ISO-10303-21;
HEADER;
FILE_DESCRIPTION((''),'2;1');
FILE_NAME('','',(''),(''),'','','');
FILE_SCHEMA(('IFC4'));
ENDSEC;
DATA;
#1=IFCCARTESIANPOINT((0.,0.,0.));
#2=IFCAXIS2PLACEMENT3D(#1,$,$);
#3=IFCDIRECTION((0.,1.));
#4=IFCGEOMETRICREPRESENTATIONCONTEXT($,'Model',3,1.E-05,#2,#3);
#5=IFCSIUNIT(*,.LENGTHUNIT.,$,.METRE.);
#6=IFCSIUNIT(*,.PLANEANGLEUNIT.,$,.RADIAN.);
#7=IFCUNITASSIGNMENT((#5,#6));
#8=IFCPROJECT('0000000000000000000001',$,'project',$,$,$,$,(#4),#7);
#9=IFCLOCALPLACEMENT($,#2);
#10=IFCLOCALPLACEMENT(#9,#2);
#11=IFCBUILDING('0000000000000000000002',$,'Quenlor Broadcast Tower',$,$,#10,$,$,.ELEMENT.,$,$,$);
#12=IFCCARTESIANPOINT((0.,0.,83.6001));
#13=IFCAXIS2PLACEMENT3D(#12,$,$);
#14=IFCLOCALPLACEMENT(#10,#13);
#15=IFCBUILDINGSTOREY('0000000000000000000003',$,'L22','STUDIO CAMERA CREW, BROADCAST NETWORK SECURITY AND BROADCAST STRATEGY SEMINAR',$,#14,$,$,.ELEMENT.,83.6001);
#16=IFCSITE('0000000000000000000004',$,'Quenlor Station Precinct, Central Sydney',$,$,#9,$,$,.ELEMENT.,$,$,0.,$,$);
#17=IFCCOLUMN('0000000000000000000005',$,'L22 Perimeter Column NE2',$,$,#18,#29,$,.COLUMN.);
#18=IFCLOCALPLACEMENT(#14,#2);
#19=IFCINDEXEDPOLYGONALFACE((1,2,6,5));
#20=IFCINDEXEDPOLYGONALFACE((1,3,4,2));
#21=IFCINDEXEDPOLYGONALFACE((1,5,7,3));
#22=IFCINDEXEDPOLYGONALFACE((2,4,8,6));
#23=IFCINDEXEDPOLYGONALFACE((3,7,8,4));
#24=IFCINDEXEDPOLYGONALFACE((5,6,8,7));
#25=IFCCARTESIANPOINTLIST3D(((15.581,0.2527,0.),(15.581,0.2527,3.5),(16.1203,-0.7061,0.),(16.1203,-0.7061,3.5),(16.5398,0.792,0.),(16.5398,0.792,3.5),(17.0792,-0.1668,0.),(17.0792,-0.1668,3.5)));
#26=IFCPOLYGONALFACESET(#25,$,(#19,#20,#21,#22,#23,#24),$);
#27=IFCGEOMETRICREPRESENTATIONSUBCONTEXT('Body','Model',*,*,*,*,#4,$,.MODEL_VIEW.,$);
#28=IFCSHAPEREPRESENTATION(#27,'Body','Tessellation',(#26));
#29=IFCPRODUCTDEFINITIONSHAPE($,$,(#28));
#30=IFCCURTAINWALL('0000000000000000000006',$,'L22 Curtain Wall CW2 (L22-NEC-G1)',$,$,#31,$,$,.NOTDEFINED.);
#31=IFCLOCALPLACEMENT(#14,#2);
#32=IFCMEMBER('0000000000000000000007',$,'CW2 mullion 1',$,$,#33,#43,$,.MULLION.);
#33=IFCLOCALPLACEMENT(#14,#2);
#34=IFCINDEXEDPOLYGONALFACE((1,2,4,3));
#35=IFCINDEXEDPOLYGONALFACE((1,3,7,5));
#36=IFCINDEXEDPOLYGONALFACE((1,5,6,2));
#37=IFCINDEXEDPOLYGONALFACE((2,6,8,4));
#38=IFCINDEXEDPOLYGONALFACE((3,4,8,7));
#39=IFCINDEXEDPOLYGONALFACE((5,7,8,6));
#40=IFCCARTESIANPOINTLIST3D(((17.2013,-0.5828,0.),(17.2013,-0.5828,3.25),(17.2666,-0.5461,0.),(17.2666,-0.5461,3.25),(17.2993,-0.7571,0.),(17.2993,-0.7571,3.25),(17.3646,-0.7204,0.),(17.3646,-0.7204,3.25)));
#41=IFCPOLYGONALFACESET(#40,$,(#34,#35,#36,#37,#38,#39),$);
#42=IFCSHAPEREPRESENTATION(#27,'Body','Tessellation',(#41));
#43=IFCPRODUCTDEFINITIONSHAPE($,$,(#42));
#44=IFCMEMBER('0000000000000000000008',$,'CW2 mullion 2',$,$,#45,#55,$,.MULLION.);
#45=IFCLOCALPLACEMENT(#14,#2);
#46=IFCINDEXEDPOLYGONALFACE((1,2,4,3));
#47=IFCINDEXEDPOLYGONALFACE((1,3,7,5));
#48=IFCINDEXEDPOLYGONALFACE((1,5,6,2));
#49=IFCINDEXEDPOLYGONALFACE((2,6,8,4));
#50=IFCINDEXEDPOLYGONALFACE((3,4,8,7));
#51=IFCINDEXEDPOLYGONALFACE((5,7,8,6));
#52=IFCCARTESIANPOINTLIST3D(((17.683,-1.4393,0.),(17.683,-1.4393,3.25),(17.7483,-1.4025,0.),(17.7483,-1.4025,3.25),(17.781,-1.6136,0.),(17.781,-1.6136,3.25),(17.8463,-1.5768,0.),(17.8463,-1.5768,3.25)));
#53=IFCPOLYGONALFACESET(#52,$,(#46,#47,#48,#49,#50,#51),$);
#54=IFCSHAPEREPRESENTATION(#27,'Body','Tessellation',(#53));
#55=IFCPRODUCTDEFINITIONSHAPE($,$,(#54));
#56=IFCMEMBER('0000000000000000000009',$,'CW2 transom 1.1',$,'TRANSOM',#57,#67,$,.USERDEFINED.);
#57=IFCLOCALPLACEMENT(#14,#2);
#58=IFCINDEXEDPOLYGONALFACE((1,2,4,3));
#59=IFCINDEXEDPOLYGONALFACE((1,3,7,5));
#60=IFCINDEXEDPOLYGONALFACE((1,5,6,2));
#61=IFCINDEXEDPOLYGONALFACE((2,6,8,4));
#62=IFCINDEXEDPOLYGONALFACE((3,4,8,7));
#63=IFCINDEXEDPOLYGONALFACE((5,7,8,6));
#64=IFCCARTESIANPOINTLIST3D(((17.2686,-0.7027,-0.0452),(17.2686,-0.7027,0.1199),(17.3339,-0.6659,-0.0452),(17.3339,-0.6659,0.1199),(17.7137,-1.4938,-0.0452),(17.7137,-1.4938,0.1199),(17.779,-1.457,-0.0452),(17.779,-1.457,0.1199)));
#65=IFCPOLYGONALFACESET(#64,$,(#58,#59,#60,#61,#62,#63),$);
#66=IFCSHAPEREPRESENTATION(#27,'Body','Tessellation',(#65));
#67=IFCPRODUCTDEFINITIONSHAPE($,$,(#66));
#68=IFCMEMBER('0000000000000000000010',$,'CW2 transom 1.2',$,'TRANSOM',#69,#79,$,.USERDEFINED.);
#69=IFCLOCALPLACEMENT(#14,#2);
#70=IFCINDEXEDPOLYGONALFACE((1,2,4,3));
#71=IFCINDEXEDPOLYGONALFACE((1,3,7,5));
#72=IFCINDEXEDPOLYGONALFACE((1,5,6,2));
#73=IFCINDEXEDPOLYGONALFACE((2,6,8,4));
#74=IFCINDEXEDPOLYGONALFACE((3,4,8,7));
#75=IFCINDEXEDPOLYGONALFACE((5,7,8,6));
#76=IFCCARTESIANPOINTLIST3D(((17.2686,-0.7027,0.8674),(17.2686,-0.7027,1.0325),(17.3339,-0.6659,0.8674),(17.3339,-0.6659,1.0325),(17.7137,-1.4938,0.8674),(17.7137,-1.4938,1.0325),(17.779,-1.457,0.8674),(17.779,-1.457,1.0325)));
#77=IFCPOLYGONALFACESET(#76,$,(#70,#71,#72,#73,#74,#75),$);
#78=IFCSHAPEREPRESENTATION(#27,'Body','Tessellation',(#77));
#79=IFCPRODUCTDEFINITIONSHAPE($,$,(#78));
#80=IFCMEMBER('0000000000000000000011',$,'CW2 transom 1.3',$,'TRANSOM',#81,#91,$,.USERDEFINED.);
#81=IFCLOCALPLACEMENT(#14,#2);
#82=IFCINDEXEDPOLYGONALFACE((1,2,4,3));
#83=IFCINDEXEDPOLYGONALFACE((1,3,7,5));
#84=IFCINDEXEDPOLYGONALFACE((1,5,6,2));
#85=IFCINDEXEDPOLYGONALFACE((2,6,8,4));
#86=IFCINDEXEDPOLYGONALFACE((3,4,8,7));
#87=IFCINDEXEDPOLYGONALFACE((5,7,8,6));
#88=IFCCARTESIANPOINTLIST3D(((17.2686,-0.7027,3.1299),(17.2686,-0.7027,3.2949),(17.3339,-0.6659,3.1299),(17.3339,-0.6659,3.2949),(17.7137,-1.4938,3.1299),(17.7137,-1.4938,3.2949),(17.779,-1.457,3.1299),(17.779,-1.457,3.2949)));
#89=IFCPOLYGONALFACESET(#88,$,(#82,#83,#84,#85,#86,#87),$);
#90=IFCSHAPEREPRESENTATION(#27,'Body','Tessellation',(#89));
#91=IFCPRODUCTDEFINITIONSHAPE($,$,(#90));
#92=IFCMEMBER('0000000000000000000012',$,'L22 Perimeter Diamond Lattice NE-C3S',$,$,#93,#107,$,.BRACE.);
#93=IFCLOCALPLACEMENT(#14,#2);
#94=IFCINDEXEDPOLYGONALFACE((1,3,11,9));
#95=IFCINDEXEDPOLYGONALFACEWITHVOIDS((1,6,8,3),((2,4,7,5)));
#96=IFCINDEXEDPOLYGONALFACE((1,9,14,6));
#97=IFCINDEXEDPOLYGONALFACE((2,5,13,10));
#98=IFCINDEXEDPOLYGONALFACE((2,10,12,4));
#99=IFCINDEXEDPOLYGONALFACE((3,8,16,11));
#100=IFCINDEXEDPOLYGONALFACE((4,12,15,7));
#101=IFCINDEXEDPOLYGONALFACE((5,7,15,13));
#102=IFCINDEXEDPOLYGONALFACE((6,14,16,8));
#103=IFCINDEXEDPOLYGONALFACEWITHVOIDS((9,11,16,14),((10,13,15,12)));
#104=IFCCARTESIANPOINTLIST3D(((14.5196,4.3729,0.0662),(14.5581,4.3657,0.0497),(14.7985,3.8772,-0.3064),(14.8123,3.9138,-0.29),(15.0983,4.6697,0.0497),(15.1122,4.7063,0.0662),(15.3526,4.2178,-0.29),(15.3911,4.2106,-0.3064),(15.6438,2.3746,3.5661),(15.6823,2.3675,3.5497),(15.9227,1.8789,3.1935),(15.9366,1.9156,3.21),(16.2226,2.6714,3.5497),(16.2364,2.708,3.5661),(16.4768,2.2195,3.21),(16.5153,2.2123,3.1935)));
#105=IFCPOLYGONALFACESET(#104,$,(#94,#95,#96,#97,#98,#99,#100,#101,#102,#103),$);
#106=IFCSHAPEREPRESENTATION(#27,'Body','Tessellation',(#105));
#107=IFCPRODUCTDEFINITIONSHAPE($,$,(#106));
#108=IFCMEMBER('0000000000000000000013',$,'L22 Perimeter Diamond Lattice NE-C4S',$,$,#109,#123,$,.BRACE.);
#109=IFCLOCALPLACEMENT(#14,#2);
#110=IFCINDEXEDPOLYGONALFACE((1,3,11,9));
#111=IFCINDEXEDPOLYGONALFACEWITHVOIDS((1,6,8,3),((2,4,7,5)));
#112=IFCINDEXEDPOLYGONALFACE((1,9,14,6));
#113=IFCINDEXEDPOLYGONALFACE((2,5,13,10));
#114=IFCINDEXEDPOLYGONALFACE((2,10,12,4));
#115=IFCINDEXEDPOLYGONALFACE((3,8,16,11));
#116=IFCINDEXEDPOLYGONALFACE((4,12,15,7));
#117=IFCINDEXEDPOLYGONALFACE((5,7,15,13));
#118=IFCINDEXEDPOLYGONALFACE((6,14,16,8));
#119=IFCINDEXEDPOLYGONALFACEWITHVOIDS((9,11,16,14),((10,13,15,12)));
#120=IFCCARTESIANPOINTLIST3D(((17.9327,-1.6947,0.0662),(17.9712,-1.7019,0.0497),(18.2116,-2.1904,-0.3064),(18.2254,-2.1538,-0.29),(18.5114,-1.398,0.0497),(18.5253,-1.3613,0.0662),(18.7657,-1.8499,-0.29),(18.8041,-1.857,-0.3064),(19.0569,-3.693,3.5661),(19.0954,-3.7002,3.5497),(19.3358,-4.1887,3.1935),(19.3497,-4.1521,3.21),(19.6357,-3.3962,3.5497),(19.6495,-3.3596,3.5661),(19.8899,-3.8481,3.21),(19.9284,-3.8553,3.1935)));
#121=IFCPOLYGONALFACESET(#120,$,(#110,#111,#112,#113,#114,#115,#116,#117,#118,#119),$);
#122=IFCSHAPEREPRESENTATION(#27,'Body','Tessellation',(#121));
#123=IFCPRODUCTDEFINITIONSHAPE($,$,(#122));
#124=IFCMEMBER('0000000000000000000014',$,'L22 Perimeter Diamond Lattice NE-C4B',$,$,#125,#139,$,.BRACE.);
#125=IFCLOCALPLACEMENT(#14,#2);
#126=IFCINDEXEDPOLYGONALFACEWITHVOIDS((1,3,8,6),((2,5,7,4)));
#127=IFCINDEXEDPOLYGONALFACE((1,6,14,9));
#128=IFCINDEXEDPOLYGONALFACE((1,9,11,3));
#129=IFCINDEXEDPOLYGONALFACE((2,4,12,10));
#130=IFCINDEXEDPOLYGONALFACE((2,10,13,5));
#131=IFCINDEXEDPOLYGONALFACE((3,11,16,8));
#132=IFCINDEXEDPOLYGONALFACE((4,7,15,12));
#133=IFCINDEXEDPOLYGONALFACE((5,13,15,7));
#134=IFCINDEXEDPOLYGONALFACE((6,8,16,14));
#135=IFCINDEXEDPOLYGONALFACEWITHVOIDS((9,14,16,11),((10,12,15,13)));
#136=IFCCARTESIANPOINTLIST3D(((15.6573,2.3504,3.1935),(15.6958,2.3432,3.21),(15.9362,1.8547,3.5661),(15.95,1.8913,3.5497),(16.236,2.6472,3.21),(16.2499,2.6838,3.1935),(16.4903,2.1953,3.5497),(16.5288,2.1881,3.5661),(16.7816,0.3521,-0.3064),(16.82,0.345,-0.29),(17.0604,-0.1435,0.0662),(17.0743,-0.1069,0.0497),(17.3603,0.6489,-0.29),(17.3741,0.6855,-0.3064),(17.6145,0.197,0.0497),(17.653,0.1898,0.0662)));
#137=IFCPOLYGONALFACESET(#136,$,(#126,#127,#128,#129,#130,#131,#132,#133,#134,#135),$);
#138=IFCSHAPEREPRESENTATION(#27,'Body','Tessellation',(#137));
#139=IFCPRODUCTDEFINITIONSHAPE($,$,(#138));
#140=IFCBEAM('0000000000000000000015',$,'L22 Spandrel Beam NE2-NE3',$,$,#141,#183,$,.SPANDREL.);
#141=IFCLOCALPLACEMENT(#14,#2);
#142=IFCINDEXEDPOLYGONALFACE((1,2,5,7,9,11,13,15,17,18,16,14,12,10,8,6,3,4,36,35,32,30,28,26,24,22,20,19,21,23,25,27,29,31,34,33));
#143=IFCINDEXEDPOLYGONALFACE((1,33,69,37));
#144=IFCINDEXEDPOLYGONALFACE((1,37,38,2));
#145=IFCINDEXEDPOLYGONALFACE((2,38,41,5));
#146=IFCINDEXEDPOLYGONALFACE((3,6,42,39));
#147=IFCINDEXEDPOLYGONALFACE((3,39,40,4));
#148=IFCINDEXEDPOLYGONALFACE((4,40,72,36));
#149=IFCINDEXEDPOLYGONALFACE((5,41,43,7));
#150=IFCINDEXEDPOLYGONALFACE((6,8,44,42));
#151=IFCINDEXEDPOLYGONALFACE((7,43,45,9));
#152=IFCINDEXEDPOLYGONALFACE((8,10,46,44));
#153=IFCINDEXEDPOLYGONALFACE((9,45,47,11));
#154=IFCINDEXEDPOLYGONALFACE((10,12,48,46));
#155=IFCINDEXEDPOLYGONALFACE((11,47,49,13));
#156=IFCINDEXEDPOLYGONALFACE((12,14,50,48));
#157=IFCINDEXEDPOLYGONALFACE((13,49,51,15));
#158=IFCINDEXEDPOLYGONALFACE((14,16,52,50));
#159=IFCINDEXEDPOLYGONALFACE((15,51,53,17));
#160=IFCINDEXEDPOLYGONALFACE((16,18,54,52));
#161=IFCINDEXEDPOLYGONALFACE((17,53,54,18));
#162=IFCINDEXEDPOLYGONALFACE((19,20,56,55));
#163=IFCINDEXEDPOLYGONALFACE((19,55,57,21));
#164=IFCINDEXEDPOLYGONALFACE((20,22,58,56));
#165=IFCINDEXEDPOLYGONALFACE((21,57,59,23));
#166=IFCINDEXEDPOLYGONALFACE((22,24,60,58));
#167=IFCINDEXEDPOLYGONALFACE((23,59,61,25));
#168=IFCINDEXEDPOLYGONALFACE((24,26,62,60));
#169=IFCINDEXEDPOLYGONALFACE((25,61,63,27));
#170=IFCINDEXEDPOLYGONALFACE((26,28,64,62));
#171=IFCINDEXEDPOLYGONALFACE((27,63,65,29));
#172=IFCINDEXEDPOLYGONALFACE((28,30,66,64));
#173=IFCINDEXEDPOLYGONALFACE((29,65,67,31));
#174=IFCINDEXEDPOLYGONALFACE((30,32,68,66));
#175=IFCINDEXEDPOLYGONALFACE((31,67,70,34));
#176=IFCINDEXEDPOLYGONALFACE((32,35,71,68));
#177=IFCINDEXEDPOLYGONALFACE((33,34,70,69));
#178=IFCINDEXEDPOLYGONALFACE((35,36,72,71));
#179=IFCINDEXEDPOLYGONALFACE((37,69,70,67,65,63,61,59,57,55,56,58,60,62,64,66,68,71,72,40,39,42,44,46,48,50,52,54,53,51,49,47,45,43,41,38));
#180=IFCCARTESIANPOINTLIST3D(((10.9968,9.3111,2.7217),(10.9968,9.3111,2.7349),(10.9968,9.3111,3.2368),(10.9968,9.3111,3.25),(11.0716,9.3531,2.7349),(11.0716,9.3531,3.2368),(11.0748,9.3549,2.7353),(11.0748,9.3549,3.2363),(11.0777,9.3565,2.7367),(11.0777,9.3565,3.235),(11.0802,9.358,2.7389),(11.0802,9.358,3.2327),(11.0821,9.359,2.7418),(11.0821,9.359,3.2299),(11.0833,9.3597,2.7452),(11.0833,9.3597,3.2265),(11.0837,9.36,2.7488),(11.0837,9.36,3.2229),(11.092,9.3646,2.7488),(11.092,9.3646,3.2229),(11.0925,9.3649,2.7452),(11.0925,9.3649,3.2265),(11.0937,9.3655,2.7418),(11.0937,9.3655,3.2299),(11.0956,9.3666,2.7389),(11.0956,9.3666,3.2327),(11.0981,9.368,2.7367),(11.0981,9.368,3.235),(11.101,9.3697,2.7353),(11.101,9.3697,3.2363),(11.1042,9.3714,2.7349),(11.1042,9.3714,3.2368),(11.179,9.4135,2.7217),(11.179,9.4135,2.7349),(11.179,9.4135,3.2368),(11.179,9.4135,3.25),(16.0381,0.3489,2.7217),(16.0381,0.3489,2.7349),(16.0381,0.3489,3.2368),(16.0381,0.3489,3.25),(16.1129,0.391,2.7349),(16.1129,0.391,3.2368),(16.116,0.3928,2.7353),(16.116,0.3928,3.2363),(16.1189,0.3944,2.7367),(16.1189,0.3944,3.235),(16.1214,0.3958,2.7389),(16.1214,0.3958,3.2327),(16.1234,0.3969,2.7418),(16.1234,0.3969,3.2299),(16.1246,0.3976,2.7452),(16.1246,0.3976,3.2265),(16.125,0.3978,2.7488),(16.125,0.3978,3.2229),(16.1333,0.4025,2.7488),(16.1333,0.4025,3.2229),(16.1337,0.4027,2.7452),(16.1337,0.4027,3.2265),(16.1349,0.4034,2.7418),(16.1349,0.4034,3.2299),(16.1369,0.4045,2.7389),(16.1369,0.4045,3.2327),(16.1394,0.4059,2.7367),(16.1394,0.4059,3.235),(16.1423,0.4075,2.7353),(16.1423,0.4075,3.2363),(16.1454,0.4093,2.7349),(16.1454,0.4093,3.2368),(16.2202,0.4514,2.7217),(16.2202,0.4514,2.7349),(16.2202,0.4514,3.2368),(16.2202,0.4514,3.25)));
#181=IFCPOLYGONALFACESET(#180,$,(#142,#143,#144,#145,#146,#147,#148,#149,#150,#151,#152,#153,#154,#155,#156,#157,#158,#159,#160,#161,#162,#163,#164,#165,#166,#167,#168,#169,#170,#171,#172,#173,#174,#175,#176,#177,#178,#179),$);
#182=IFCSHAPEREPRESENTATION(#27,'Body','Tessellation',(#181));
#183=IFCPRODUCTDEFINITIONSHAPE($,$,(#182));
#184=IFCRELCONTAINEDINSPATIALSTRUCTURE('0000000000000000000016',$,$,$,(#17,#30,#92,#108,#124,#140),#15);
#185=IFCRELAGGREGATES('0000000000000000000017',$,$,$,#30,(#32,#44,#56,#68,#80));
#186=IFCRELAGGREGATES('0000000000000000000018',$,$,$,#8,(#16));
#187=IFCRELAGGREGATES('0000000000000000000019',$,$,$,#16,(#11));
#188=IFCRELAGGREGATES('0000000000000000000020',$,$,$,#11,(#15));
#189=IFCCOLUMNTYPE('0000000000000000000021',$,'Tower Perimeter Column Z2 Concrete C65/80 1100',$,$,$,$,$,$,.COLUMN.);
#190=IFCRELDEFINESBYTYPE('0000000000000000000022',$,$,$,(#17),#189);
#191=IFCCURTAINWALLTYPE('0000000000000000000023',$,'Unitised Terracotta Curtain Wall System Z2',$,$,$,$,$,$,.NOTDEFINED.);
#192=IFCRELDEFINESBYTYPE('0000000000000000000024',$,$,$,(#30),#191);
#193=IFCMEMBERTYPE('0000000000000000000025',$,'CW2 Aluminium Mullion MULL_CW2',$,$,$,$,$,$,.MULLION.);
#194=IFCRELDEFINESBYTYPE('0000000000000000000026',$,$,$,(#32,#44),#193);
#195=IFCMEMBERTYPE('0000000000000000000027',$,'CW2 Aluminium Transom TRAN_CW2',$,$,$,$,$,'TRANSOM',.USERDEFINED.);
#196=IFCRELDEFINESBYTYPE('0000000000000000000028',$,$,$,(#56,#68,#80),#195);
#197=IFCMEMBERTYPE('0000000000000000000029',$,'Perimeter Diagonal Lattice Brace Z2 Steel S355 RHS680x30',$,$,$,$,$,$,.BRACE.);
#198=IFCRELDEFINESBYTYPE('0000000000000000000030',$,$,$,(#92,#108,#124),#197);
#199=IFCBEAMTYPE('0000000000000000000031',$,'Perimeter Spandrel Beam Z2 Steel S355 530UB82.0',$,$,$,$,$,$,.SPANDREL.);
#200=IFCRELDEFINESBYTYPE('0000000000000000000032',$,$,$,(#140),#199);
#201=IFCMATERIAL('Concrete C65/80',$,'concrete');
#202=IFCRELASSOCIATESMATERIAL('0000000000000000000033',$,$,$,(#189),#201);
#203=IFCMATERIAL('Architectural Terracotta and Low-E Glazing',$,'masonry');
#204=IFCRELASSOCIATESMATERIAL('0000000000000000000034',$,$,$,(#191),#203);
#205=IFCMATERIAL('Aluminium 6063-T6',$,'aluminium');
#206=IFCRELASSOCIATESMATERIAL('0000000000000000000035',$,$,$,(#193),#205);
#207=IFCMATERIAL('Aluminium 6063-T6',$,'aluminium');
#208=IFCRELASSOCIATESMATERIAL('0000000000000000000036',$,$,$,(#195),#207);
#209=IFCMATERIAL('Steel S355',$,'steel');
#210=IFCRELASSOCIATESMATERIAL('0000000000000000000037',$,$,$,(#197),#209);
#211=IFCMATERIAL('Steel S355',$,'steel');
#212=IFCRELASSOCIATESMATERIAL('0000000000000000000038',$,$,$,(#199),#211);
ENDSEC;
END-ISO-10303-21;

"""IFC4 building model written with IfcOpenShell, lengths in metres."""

from ifc_helpers import new_model, si_unit, direction, frame, origin, origin_2d, place, context, subcontext, project, spatial, rectangle, hollow_rectangle, i_section, extrude, material, material_profile, profile_set, type_object, element, aggregate, save


model = new_model("IFC4")

# Units and contexts
model_context = context("Model", 3, precision=1e-05, world=origin(), true_north=direction((0.0, 1.0)))
body_context = subcontext(model_context, "Body", "Model", "MODEL_VIEW")
ifc_project = project(units=[si_unit("LENGTHUNIT", "METRE"), si_unit("PLANEANGLEUNIT", "RADIAN")], contexts=[model_context])

# Site, building, storey
site_placement = place(None, origin())
site = spatial("IfcSite", under=ifc_project, at=site_placement, Name="Quenlor Station Precinct, Central Sydney", CompositionType="ELEMENT", RefElevation=0.0)
building_placement = place(site_placement, origin())
building = spatial("IfcBuilding", under=site, at=building_placement, Name="Quenlor Broadcast Tower", CompositionType="ELEMENT")
storey_placement = place(building_placement, frame((0.0, 0.0, 83.6001)))
storey = spatial("IfcBuildingStorey", under=building, at=storey_placement, Name="L22", Description="STUDIO CAMERA CREW, BROADCAST NETWORK SECURITY AND BROADCAST STRATEGY SEMINAR", CompositionType="ELEMENT", Elevation=83.6001)

# Column
ifc_material_1 = material(Name="Concrete C65/80", Category="concrete")
ifc_material_profile_1 = material_profile(ifc_material_1, rectangle(XDim=1.1001, YDim=1.1001, at=origin_2d()))
ifc_profile_set_1 = profile_set([ifc_material_profile_1], Name="Concrete C65/80 RC1100x1100")
column_type = type_object("IfcColumnType", Name="Tower Perimeter Column Z2 Concrete C65/80 1100", PredefinedType="COLUMN", material=ifc_profile_set_1)
column_placement = place(storey_placement, frame((16.3301, 0.043, 0.0), z_axis=(0.0, 0.0, 1.0), x_axis=(0.871575, 0.490262, 0.0)))
element("IfcColumn", 1, at=column_placement, inside=storey, type_object=column_type, Name="L22 Perimeter Column NE2", PredefinedType="COLUMN", context=body_context, shape_type="SweptSolid", body=[
    extrude(rectangle(XDim=1.1001, YDim=1.1001, at=origin_2d()), origin(), (0.0, 0.0, 1.0), 3.5),
])

# Curtain wall, members
ifc_material_2 = material(Name="Architectural Terracotta and Low-E Glazing", Category="masonry")
curtain_wall_type = type_object("IfcCurtainWallType", Name="Unitised Terracotta Curtain Wall System Z2", PredefinedType="NOTDEFINED", material=ifc_material_2)
curtain_wall_placement = place(storey_placement, origin())
curtain_wall = element("IfcCurtainWall", 2, at=curtain_wall_placement, inside=storey, type_object=curtain_wall_type, Name="L22 Curtain Wall CW2 (L22-NEC-G1)", PredefinedType="NOTDEFINED")
ifc_material_3 = material(Name="Aluminium 6063-T6", Category="aluminium")
ifc_material_profile_2 = material_profile(ifc_material_3, rectangle(XDim=0.075, YDim=0.2, at=origin_2d()))
ifc_profile_set_2 = profile_set([ifc_material_profile_2], Name="Aluminium 6063-T6 MULL75x200")
member_type_1 = type_object("IfcMemberType", Name="CW2 Aluminium Mullion MULL_CW2", PredefinedType="MULLION", material=ifc_profile_set_2)
member_1_placement = place(storey_placement, frame((17.283, -0.6516, 0.0), z_axis=(0.0, 0.0, 1.0), x_axis=(0.871581, 0.490252, 0.0)))
member_1 = element("IfcMember", 3, at=member_1_placement, type_object=member_type_1, Name="CW2 mullion 1", PredefinedType="MULLION", context=body_context, shape_type="SweptSolid", body=[
    extrude(rectangle(XDim=0.075, YDim=0.2, at=origin_2d()), origin(), (0.0, 0.0, 1.0), 3.25),
])
member_2_placement = place(storey_placement, frame((17.7646, -1.5081, 0.0), z_axis=(0.0, 0.0, 1.0), x_axis=(0.871581, 0.490252, 0.0)))
member_2 = element("IfcMember", 4, at=member_2_placement, type_object=member_type_1, Name="CW2 mullion 2", PredefinedType="MULLION", context=body_context, shape_type="SweptSolid", body=[
    extrude(rectangle(XDim=0.075, YDim=0.2, at=origin_2d()), origin(), (0.0, 0.0, 1.0), 3.25),
])
ifc_material_4 = material(Name="Aluminium 6063-T6", Category="aluminium")
ifc_material_profile_3 = material_profile(ifc_material_4, rectangle(XDim=0.075, YDim=0.165, at=origin_2d()))
ifc_profile_set_3 = profile_set([ifc_material_profile_3], Name="Aluminium 6063-T6 TRAN75x165")
member_type_2 = type_object("IfcMemberType", Name="CW2 Aluminium Transom TRAN_CW2", ElementType="TRANSOM", PredefinedType="USERDEFINED", material=ifc_profile_set_3)
member_3_placement = place(storey_placement, frame((17.3013, -0.6843, 0.0374), z_axis=(0.490363, -0.871518, 0.0), x_axis=(0.871518, 0.490363, 0.0)))
member_3 = element("IfcMember", 5, at=member_3_placement, type_object=member_type_2, Name="CW2 transom 1.1", ObjectType="TRANSOM", PredefinedType="USERDEFINED", context=body_context, shape_type="SweptSolid", body=[
    extrude(rectangle(XDim=0.075, YDim=0.165, at=origin_2d()), origin(), (0.0, 0.0, 1.0), 0.9077),
])
member_4_placement = place(storey_placement, frame((17.3013, -0.6843, 0.95), z_axis=(0.490363, -0.871518, 0.0), x_axis=(0.871518, 0.490363, 0.0)))
member_4 = element("IfcMember", 6, at=member_4_placement, type_object=member_type_2, Name="CW2 transom 1.2", ObjectType="TRANSOM", PredefinedType="USERDEFINED", context=body_context, shape_type="SweptSolid", body=[
    extrude(rectangle(XDim=0.075, YDim=0.165, at=origin_2d()), origin(), (0.0, 0.0, 1.0), 0.9077),
])
member_5_placement = place(storey_placement, frame((17.3013, -0.6843, 3.2124), z_axis=(0.490363, -0.871518, 0.0), x_axis=(0.871518, 0.490363, 0.0)))
member_5 = element("IfcMember", 7, at=member_5_placement, type_object=member_type_2, Name="CW2 transom 1.3", ObjectType="TRANSOM", PredefinedType="USERDEFINED", context=body_context, shape_type="SweptSolid", body=[
    extrude(rectangle(XDim=0.075, YDim=0.165, at=origin_2d()), origin(), (0.0, 0.0, 1.0), 0.9077),
])

# Members
ifc_material_5 = material(Name="Steel S355", Category="steel")
ifc_material_profile_4 = material_profile(ifc_material_5, hollow_rectangle(XDim=0.6799, YDim=0.6799, WallThickness=0.03, at=origin_2d()))
ifc_profile_set_4 = profile_set([ifc_material_profile_4], Name="Steel S355 RHS680x680x30")
member_type_3 = type_object("IfcMemberType", Name="Perimeter Diagonal Lattice Brace Z2 Steel S355 RHS680x30", PredefinedType="BRACE", material=ifc_profile_set_4)
for number, where, z_axis, x_axis, name in (
    (8, (14.9553, 4.2917, -0.1201), (0.268697, -0.477585, 0.836489), (0.871533, 0.490337, 0.0), "L22 Perimeter Diamond Lattice NE-C3S"),
    (9, (18.3684, -1.7759, -0.1201), (0.268697, -0.477585, 0.836489), (0.871533, 0.490337, 0.0), "L22 Perimeter Diamond Lattice NE-C4S"),
    (10, (17.2173, 0.271, -0.1201), (-0.268697, 0.477585, 0.836489), (-0.871533, -0.490337, 0.0), "L22 Perimeter Diamond Lattice NE-C4B"),
):
    element("IfcMember", number, at=place(storey_placement, frame(where, z_axis=z_axis, x_axis=x_axis)), inside=storey, type_object=member_type_3, Name=name, PredefinedType="BRACE", context=body_context, shape_type="SweptSolid", body=[
        extrude(hollow_rectangle(XDim=0.6799, YDim=0.6799, WallThickness=0.03, at=origin_2d()), origin(), (0.0, 0.0, 1.0), 4.1841),
    ])

# Beam
ifc_material_6 = material(Name="Steel S355", Category="steel")
ifc_material_profile_5 = material_profile(ifc_material_6, i_section(OverallWidth=0.209, OverallDepth=0.5283, WebThickness=0.0095, FlangeThickness=0.0132, FilletRadius=0.0139, at=origin_2d()))
ifc_profile_set_5 = profile_set([ifc_material_profile_5], Name="Steel S355 530UB82.0")
beam_type_1 = type_object("IfcBeamType", Name="Perimeter Spandrel Beam Z2 Steel S355 530UB82.0", PredefinedType="SPANDREL", material=ifc_profile_set_5)
beam_1_placement = place(storey_placement, frame((16.1292, 0.4001, 2.9858), z_axis=(-0.490265, 0.871574, 0.0), x_axis=(-0.871574, -0.490265, 0.0)))
element("IfcBeam", 11, at=beam_1_placement, inside=storey, type_object=beam_type_1, Name="L22 Spandrel Beam NE2-NE3", PredefinedType="SPANDREL", context=body_context, shape_type="SweptSolid", body=[
    extrude(i_section(OverallWidth=0.209, OverallDepth=0.5283, WebThickness=0.0095, FlangeThickness=0.0132, FilletRadius=0.0139, at=origin_2d()), origin(), (0.0, 0.0, 1.0), 10.2827),
])

aggregate(curtain_wall, [member_1, member_2, member_3, member_4, member_5])

save(model, "model.ifc")
